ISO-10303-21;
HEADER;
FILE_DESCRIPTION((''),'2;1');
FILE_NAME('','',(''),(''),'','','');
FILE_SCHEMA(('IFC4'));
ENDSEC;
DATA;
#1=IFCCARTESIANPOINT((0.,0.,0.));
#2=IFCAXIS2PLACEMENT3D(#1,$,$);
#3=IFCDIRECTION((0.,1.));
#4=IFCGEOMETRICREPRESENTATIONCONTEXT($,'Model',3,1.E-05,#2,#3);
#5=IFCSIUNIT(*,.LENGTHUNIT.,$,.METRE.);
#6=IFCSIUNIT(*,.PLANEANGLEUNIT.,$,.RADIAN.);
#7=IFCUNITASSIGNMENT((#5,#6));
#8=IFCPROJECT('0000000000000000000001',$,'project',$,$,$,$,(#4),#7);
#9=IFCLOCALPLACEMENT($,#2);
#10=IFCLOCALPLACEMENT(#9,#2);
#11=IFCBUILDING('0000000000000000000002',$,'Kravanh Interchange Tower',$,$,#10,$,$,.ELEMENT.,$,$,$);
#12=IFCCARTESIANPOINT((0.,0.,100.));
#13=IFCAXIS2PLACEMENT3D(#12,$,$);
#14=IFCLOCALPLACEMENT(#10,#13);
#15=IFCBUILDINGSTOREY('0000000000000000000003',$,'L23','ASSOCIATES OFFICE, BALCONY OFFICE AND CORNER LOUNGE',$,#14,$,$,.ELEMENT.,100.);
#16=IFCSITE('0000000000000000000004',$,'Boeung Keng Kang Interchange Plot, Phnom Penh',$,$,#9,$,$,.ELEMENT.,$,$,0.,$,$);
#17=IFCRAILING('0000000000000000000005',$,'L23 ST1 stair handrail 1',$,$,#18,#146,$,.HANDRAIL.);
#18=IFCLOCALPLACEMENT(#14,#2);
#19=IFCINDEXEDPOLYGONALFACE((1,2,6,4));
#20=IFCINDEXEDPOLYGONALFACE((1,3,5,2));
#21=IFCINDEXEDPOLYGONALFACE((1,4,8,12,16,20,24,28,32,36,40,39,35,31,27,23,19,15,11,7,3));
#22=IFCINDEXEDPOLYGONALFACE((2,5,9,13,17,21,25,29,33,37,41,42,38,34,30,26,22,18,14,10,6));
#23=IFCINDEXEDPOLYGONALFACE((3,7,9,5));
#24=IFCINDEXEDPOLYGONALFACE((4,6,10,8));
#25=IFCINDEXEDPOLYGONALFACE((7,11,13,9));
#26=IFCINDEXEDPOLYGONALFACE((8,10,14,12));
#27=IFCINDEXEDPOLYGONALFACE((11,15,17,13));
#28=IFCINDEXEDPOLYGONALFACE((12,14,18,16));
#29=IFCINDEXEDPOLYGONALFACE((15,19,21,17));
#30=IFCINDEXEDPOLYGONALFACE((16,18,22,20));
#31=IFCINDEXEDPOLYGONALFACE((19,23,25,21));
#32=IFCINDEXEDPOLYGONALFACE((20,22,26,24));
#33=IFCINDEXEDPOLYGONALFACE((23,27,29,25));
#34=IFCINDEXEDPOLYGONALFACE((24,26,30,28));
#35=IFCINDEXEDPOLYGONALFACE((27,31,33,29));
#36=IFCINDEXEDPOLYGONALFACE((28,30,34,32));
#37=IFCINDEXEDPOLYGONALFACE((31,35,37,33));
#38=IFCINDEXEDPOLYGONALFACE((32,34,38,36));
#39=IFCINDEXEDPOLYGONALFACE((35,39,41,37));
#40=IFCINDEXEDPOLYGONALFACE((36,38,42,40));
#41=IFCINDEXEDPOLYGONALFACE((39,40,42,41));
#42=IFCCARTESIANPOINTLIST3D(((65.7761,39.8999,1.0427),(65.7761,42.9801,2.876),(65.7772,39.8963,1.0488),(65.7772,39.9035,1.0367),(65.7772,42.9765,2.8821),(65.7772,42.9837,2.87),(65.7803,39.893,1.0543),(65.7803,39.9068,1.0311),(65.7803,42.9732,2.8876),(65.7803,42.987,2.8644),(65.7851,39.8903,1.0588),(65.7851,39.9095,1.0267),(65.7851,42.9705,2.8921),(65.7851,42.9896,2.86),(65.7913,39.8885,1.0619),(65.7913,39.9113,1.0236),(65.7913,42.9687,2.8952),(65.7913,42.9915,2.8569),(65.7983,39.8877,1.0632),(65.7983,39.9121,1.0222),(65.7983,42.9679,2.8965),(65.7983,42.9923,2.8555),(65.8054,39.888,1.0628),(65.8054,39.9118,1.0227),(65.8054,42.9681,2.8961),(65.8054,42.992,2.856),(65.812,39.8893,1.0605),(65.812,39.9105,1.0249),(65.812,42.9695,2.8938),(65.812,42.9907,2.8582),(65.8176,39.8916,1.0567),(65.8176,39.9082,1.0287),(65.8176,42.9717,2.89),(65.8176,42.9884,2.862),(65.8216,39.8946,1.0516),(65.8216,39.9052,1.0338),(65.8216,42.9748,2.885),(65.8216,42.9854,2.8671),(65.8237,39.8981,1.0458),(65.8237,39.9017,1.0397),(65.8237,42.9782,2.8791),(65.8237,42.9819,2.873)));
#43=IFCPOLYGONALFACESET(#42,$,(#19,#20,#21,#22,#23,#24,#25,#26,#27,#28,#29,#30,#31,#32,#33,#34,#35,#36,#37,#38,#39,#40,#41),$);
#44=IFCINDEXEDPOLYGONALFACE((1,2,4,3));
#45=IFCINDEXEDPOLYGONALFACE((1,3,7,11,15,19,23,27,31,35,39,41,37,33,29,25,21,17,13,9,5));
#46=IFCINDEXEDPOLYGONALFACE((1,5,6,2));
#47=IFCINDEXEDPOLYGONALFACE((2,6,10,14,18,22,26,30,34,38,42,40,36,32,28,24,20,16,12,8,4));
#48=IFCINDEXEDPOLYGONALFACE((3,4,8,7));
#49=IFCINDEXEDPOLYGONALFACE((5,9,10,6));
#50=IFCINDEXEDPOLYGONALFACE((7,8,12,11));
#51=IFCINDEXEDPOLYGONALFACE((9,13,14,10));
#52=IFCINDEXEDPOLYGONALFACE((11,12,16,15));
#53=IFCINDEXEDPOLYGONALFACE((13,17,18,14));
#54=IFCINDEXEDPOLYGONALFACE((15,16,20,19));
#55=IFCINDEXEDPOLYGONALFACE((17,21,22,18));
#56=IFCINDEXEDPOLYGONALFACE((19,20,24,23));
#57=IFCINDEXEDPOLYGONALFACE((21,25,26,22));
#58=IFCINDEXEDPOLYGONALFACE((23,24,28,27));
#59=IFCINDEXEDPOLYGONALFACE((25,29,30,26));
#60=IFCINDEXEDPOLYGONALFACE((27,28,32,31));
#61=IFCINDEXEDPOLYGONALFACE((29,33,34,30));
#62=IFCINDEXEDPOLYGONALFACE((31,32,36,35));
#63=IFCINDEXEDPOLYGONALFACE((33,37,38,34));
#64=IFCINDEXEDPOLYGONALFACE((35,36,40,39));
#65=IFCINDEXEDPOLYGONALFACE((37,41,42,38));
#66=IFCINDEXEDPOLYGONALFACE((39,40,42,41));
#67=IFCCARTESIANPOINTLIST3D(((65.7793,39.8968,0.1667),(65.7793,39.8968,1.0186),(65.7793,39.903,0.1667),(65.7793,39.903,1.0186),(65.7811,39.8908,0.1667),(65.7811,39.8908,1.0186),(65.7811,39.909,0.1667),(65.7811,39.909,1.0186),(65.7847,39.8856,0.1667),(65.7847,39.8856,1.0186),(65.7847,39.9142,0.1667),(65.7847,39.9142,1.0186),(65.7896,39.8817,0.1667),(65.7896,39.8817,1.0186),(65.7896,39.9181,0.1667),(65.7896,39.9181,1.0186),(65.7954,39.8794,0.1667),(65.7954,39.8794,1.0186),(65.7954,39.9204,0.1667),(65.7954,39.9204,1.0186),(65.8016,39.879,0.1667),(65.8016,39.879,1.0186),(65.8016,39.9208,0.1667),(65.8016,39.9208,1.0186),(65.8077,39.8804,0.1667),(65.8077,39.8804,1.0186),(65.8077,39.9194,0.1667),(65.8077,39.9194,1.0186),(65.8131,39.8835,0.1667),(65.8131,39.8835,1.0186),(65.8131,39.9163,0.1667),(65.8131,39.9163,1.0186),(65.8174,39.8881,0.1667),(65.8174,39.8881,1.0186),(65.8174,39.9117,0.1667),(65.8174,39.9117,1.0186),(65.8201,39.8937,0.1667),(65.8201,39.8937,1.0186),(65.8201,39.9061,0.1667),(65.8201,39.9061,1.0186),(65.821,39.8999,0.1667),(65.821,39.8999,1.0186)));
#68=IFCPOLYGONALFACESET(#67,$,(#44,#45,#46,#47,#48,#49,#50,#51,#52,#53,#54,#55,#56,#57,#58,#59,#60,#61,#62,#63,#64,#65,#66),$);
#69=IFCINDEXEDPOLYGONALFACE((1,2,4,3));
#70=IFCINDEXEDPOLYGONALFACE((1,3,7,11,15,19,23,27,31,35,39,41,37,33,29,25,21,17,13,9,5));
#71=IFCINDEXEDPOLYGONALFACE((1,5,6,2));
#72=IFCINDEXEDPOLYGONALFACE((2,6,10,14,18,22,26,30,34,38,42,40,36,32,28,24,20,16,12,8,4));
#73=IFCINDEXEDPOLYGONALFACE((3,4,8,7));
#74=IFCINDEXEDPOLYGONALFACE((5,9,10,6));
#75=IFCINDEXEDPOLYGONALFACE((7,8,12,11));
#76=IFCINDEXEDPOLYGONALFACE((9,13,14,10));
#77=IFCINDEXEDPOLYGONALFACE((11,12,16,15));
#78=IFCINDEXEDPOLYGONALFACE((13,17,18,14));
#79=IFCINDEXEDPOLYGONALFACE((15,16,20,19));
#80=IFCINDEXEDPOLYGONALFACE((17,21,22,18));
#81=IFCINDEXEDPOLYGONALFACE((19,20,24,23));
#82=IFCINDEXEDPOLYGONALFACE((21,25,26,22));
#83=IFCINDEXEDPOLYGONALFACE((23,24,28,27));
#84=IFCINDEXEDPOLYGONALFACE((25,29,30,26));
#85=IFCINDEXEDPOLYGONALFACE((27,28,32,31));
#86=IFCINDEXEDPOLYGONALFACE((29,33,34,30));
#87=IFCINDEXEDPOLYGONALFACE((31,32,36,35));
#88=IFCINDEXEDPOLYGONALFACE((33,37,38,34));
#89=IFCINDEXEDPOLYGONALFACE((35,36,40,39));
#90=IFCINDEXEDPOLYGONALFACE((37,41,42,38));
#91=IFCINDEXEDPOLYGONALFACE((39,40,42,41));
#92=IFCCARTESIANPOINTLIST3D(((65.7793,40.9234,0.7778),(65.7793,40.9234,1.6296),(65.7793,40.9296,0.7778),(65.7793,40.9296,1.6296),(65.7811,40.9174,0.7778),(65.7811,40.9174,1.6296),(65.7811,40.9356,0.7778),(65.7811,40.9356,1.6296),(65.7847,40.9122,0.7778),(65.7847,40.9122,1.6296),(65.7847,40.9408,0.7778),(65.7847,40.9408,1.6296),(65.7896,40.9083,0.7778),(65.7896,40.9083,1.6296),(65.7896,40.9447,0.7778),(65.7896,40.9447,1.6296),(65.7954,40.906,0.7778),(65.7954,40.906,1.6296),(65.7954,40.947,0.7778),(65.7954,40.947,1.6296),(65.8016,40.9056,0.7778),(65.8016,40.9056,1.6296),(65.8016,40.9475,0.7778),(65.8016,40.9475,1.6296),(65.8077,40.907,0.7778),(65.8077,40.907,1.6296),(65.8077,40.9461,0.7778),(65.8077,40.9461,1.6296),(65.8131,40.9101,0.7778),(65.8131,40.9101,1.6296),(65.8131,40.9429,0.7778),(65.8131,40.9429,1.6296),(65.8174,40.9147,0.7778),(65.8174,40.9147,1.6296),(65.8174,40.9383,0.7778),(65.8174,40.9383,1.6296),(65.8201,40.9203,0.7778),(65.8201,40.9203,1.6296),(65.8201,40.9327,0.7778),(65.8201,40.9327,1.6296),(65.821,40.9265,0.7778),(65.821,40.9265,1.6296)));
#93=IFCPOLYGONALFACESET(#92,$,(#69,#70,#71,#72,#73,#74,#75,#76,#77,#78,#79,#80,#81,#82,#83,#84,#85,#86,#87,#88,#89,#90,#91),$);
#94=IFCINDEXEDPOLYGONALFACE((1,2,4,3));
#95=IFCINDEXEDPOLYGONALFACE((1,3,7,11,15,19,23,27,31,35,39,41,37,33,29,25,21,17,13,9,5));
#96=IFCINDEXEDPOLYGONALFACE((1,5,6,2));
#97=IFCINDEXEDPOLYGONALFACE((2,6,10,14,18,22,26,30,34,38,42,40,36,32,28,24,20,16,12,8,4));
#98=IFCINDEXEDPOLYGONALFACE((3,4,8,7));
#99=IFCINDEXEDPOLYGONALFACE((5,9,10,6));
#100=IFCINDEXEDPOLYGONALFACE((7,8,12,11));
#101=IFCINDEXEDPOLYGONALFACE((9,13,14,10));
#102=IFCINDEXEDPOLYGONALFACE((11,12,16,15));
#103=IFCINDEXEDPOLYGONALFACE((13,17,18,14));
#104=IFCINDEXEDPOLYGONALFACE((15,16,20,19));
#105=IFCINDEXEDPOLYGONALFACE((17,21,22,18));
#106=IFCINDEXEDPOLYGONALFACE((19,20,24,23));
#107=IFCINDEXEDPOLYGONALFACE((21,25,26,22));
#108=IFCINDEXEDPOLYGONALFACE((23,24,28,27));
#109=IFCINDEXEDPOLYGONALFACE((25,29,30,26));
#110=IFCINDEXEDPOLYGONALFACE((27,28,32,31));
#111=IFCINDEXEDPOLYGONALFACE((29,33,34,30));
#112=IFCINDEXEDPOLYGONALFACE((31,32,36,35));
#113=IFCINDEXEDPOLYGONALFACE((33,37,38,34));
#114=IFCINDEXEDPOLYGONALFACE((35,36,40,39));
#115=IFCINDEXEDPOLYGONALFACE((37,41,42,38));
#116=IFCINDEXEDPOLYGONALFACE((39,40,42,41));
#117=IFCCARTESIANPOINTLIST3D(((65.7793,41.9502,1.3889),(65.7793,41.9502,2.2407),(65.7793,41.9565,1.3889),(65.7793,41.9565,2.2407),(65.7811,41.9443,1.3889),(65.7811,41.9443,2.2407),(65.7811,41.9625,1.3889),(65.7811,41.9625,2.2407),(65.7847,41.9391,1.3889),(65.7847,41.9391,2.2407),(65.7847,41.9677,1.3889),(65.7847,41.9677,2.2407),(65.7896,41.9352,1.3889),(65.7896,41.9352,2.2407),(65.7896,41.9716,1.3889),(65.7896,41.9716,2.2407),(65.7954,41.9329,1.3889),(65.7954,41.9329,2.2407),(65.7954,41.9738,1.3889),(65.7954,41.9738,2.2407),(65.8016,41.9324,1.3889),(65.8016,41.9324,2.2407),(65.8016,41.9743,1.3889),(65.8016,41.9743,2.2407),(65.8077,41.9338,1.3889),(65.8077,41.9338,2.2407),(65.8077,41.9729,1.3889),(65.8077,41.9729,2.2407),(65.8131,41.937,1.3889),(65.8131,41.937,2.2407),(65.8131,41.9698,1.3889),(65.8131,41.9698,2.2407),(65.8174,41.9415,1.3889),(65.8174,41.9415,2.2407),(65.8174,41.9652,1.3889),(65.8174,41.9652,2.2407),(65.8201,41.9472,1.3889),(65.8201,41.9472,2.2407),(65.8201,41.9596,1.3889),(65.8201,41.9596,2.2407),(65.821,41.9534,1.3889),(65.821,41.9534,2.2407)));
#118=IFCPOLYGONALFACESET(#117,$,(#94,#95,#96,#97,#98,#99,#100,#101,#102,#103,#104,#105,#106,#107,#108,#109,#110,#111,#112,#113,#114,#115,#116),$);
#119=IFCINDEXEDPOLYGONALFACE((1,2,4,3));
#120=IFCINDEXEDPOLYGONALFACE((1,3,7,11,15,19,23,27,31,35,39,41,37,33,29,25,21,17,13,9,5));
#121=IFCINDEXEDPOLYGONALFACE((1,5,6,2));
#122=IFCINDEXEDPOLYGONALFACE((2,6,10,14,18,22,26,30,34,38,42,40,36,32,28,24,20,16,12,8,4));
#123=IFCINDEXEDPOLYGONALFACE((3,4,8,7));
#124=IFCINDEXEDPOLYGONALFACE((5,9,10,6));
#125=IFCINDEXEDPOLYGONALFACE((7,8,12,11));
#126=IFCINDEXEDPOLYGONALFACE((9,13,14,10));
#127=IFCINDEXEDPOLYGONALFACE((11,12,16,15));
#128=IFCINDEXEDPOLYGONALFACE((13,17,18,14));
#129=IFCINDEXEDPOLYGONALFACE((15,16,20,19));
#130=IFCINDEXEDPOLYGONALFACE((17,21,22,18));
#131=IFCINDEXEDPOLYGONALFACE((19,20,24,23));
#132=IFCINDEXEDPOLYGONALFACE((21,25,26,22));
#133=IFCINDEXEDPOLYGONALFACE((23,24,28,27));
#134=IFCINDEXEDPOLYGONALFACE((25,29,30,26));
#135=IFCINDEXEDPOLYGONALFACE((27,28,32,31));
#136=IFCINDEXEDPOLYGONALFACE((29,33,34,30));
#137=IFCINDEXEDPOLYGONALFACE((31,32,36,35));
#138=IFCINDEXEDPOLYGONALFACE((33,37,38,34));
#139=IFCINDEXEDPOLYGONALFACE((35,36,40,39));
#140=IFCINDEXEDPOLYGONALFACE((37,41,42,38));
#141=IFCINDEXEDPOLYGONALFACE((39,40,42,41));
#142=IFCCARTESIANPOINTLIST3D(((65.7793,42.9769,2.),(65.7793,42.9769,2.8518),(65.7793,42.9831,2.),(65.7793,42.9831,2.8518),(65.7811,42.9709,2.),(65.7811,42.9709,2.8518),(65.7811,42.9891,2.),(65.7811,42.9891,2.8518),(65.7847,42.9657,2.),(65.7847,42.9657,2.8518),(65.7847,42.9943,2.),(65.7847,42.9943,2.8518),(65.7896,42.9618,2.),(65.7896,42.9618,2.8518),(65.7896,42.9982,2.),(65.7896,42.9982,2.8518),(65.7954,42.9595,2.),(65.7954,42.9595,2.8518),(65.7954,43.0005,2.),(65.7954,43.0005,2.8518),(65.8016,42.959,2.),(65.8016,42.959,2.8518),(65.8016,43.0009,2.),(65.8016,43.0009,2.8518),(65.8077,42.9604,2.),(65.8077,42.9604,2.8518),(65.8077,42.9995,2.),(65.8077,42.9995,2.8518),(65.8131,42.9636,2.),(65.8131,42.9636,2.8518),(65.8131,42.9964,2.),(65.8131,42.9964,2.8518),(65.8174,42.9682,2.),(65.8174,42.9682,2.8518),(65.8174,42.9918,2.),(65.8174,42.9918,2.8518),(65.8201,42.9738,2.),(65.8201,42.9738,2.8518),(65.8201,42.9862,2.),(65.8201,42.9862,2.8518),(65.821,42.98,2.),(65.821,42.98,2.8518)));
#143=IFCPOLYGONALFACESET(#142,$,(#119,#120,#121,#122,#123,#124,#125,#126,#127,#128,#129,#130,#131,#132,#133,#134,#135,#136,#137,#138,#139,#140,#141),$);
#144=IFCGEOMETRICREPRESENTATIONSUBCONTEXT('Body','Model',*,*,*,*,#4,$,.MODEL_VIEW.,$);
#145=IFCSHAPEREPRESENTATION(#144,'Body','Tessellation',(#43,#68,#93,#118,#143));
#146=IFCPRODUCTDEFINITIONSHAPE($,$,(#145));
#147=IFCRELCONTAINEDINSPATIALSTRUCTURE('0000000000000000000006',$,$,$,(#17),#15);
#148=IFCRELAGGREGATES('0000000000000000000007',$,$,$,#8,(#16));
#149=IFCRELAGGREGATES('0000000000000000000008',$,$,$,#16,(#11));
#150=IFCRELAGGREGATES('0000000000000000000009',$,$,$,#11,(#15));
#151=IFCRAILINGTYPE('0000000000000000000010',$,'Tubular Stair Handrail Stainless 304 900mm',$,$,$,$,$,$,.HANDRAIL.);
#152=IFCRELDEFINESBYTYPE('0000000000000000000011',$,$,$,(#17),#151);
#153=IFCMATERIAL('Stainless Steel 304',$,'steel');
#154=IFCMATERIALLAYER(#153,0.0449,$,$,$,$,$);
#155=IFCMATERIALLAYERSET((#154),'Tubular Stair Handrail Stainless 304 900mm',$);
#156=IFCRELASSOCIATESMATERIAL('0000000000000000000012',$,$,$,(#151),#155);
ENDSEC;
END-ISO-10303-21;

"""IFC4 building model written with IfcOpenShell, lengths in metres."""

from ifc_helpers import new_model, si_unit, direction, frame, origin, origin_2d, place, context, subcontext, project, spatial, circle, extrude, material, layer, layer_set, type_object, element, save


model = new_model("IFC4")

# Units and contexts
model_context = context("Model", 3, precision=1e-05, world=origin(), true_north=direction((0.0, 1.0)))
body_context = subcontext(model_context, "Body", "Model", "MODEL_VIEW")
ifc_project = project(units=[si_unit("LENGTHUNIT", "METRE"), si_unit("PLANEANGLEUNIT", "RADIAN")], contexts=[model_context])

# Site, building, storey
site_placement = place(None, origin())
site = spatial("IfcSite", under=ifc_project, at=site_placement, Name="Boeung Keng Kang Interchange Plot, Phnom Penh", CompositionType="ELEMENT", RefElevation=0.0)
building_placement = place(site_placement, origin())
building = spatial("IfcBuilding", under=site, at=building_placement, Name="Kravanh Interchange Tower", CompositionType="ELEMENT")
storey_placement = place(building_placement, frame((0.0, 0.0, 100.0)))
storey = spatial("IfcBuildingStorey", under=building, at=storey_placement, Name="L23", Description="ASSOCIATES OFFICE, BALCONY OFFICE AND CORNER LOUNGE", CompositionType="ELEMENT", Elevation=100.0)

# Railing
ifc_material_1 = material(Name="Stainless Steel 304", Category="steel")
ifc_layer_1 = layer(ifc_material_1, 0.0449)
ifc_layer_set_1 = layer_set([ifc_layer_1], Name="Tubular Stair Handrail Stainless 304 900mm")
railing_type_1 = type_object("IfcRailingType", Name="Tubular Stair Handrail Stainless 304 900mm", PredefinedType="HANDRAIL", material=ifc_layer_set_1)
railing_1_placement = place(storey_placement, frame((65.8, 39.8999, 0.1667)))
element("IfcRailing", 1, at=railing_1_placement, inside=storey, type_object=railing_type_1, Name="L23 ST1 stair handrail 1", PredefinedType="HANDRAIL", context=body_context, shape_type="SweptSolid", body=[
    extrude(circle(Radius=0.0239, at=origin_2d()), frame((0.0, 0.0, 0.876), z_axis=(0.0, 0.859309, 0.511458), x_axis=(-1.0, 0.0, 0.0)), (0.0, 0.0, 1.0), 3.5845),
    extrude(circle(Radius=0.021, at=origin_2d()), origin(), (0.0, 0.0, 1.0), 0.8518),
    extrude(circle(Radius=0.021, at=origin_2d()), frame((0.0, 1.0266, 0.6111)), (0.0, 0.0, 1.0), 0.8518),
    extrude(circle(Radius=0.021, at=origin_2d()), frame((0.0, 2.0535, 1.2222)), (0.0, 0.0, 1.0), 0.8518),
    extrude(circle(Radius=0.021, at=origin_2d()), frame((0.0, 3.0801, 1.8333)), (0.0, 0.0, 1.0), 0.8518),
])

save(model, "model.ifc")
